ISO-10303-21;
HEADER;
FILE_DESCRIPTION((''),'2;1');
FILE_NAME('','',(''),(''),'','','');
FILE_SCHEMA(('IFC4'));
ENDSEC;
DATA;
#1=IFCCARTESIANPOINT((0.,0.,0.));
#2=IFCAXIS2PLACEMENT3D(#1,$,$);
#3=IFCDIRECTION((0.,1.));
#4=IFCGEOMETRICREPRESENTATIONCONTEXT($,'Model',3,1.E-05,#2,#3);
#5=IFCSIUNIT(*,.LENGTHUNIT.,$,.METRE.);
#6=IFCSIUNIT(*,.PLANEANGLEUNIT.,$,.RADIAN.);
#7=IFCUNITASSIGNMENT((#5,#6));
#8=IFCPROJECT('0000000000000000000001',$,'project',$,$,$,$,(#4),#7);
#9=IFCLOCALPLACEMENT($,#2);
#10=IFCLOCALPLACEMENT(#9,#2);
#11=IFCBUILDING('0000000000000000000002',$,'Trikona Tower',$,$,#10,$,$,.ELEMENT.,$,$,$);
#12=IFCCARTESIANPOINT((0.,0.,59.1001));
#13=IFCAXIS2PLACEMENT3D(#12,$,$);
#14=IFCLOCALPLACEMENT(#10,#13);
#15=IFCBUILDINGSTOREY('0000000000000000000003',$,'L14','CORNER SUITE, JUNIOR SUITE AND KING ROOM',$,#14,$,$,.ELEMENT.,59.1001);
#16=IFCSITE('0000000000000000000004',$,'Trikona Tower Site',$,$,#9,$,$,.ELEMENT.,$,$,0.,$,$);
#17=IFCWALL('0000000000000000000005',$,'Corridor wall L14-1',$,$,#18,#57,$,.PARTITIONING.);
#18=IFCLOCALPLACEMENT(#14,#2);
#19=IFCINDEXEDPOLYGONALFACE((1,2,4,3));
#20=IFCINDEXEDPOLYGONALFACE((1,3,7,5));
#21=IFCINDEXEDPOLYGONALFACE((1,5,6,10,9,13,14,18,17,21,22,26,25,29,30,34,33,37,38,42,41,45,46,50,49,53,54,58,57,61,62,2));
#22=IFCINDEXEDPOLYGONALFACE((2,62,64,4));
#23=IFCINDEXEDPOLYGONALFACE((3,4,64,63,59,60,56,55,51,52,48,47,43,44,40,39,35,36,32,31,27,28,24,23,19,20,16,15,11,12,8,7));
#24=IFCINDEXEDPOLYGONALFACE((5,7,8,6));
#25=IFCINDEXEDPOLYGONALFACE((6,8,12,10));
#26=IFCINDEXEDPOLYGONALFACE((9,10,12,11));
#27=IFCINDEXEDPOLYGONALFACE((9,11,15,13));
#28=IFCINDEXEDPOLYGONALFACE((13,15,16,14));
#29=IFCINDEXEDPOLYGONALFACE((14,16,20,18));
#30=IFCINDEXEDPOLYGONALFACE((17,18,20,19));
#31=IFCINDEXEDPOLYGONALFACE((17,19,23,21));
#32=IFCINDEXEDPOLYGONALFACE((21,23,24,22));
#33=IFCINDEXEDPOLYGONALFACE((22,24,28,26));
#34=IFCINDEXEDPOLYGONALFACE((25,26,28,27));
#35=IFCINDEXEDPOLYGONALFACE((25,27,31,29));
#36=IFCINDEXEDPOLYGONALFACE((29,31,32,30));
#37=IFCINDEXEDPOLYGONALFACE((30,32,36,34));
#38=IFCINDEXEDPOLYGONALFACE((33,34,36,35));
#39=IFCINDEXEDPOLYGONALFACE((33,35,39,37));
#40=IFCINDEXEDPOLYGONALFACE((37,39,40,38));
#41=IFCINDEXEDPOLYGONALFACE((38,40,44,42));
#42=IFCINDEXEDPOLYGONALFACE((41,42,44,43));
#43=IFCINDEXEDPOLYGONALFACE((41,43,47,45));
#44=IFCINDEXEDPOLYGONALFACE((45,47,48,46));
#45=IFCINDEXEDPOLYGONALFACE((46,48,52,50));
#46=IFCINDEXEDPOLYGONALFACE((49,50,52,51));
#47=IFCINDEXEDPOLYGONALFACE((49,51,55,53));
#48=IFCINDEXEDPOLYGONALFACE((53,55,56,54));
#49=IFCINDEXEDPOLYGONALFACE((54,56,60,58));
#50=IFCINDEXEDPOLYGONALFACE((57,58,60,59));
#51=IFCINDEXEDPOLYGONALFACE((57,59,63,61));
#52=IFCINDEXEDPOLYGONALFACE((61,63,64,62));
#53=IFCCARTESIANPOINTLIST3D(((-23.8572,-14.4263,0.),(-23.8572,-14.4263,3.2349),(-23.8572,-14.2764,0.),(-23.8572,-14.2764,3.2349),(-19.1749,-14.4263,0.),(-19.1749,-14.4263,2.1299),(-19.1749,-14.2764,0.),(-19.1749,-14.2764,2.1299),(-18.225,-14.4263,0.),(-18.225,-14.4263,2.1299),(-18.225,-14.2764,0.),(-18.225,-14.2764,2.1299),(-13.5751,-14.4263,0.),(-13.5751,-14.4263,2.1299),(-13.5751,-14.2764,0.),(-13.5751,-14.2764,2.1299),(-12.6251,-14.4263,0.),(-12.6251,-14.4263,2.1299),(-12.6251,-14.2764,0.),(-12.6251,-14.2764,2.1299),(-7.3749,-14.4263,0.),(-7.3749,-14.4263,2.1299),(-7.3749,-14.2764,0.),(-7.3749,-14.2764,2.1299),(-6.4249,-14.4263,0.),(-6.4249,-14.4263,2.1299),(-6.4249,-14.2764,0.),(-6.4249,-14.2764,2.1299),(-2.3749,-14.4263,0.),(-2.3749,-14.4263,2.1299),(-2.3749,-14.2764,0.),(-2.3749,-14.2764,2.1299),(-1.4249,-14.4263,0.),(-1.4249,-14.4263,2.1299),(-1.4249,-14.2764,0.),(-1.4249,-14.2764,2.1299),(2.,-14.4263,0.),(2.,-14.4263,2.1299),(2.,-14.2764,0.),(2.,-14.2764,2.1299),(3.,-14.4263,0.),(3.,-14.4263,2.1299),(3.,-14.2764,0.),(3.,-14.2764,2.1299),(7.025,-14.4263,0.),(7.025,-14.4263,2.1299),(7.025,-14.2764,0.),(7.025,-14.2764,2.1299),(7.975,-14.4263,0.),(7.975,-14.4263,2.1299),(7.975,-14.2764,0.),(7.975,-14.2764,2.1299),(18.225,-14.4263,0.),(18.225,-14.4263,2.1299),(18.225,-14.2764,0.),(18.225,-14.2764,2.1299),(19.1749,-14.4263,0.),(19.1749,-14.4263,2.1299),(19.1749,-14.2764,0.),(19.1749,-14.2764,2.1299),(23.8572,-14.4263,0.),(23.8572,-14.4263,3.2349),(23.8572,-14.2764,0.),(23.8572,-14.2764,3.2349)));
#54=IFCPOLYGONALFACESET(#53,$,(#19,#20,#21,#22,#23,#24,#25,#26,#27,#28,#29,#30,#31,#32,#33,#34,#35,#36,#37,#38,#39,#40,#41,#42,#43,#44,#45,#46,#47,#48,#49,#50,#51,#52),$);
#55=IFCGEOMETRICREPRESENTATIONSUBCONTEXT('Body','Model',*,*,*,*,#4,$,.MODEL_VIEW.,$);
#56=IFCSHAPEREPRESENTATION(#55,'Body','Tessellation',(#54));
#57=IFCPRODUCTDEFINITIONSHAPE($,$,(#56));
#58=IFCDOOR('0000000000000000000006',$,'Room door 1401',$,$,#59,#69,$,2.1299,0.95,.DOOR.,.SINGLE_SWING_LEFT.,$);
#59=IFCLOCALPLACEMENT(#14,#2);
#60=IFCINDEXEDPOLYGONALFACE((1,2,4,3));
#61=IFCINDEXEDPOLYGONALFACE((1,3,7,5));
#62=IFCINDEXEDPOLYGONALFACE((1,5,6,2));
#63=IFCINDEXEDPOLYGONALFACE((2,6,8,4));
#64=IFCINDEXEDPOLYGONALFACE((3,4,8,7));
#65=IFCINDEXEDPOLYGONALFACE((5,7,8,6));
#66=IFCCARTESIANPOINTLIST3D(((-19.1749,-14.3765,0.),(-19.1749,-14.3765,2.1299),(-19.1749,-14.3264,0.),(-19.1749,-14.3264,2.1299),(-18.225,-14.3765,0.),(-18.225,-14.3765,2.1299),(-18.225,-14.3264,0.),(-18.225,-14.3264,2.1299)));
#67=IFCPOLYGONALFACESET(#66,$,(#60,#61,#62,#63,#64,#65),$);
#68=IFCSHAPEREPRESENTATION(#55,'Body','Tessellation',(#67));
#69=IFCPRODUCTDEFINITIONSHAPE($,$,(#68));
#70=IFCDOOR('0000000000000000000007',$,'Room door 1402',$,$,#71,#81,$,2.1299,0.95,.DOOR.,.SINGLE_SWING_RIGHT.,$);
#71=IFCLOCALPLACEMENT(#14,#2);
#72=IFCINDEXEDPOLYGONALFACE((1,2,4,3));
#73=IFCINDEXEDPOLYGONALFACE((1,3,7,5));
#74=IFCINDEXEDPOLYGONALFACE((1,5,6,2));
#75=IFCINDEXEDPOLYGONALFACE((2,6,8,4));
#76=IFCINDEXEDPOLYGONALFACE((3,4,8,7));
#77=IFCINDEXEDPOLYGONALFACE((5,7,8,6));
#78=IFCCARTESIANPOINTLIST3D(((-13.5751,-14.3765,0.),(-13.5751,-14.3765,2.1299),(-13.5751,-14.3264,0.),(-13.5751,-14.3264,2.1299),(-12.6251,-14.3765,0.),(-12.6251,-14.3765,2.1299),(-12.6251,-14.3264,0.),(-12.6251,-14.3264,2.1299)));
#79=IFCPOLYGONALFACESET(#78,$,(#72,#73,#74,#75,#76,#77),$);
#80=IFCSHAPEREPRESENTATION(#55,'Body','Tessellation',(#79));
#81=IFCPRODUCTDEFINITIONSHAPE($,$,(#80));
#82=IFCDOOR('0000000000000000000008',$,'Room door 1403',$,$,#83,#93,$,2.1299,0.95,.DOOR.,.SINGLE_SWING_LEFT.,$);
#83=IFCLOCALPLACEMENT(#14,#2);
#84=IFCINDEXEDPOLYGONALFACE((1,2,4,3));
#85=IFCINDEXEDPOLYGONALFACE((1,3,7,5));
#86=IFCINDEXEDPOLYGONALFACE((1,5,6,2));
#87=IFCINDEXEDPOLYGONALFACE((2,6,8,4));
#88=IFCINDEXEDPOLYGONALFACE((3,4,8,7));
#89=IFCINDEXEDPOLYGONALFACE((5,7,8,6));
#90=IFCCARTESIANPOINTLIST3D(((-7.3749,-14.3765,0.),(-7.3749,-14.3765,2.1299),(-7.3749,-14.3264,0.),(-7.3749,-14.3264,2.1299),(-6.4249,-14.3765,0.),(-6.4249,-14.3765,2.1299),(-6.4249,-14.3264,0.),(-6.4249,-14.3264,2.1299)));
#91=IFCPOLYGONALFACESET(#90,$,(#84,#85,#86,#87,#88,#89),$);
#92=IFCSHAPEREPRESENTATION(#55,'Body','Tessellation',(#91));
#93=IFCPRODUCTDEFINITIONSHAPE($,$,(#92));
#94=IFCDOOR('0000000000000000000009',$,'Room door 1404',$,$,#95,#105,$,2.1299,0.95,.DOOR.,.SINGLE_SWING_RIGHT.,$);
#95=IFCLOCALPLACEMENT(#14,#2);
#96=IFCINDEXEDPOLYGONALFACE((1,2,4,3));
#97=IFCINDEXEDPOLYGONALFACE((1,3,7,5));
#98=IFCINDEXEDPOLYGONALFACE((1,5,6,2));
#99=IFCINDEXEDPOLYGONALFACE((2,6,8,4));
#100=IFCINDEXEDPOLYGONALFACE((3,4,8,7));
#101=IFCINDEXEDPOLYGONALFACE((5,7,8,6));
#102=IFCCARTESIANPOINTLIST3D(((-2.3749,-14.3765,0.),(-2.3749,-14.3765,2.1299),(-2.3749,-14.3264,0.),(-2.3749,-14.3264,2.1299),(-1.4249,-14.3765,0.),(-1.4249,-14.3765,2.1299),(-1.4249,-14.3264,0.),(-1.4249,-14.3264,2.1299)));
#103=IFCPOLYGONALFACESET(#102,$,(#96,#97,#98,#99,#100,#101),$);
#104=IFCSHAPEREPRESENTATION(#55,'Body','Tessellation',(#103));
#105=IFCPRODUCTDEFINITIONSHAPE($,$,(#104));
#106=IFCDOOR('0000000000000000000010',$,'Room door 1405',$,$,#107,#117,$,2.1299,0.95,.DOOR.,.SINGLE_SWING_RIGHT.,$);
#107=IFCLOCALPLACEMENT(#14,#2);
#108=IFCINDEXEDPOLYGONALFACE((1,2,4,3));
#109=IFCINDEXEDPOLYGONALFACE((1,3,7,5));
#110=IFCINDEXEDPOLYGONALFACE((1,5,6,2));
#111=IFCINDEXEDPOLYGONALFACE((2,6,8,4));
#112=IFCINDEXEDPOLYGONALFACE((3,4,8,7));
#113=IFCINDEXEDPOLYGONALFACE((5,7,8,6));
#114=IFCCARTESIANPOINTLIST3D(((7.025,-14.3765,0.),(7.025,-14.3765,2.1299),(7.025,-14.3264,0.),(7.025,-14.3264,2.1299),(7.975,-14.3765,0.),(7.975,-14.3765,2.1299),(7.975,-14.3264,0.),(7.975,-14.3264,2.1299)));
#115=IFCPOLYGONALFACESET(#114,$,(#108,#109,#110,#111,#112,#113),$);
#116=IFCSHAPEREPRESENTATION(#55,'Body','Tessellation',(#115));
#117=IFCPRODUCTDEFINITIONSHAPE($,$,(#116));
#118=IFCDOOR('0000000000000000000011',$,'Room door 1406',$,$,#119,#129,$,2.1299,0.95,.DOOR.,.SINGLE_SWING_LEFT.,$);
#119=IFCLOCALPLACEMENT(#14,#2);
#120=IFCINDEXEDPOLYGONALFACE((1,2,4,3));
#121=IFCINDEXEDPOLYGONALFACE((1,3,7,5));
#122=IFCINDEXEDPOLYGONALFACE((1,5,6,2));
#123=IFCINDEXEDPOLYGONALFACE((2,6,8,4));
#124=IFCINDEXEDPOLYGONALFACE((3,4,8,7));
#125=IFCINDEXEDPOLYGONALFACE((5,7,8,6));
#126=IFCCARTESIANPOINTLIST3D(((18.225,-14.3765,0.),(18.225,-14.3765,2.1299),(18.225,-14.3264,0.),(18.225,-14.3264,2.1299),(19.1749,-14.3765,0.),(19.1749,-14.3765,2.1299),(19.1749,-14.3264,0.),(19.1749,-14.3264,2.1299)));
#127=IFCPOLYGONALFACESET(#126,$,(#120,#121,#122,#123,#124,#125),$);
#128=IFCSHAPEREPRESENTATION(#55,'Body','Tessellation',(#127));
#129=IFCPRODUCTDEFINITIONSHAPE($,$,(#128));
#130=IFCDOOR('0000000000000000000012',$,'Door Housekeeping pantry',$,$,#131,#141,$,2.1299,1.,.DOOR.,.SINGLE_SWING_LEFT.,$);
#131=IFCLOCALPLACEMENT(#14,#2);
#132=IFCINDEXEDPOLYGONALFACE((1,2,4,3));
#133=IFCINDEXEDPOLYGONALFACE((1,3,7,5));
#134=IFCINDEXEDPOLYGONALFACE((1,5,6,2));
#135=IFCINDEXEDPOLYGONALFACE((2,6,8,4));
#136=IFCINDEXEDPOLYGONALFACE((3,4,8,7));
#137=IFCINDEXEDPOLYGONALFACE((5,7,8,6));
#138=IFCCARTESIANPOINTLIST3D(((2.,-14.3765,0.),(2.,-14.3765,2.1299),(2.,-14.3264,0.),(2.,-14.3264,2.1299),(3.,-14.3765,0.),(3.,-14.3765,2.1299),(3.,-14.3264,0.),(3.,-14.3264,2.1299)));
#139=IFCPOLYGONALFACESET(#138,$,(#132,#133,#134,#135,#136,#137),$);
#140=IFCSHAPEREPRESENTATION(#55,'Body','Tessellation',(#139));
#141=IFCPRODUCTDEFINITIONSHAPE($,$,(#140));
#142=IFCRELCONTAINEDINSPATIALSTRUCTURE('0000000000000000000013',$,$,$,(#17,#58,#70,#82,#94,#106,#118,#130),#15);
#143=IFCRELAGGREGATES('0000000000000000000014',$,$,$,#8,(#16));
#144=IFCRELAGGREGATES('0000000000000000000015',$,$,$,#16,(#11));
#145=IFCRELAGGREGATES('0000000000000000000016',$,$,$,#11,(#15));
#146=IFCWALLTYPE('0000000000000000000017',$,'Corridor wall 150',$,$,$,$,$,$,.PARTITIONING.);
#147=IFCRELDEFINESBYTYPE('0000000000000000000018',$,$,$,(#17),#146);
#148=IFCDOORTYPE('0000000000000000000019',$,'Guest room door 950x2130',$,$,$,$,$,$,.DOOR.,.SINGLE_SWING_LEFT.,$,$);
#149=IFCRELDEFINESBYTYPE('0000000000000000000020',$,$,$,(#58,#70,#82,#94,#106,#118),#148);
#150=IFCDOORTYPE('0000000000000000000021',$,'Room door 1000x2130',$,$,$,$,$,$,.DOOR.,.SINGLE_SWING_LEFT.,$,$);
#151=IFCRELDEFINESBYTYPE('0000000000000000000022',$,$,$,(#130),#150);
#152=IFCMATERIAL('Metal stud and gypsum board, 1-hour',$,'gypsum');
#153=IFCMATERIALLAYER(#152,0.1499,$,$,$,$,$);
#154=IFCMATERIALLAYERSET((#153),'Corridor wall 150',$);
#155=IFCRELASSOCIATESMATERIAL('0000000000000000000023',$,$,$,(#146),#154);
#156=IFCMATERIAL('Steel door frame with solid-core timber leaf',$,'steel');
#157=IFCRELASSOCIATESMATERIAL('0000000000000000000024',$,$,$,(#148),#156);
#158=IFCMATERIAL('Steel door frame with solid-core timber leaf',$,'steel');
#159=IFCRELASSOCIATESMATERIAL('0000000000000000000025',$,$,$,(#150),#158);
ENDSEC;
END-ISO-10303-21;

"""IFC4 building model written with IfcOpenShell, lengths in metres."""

from ifc_helpers import new_model, si_unit, direction, frame, frame_2d, origin, place, context, subcontext, project, spatial, rectangle, extrude, material, layer, layer_set, type_object, element, fill, save


model = new_model("IFC4")

# Units and contexts
model_context = context("Model", 3, precision=1e-05, world=origin(), true_north=direction((0.0, 1.0)))
body_context = subcontext(model_context, "Body", "Model", "MODEL_VIEW")
ifc_project = project(units=[si_unit("LENGTHUNIT", "METRE"), si_unit("PLANEANGLEUNIT", "RADIAN")], contexts=[model_context])

# Site, building, storey
site_placement = place(None, origin())
site = spatial("IfcSite", under=ifc_project, at=site_placement, Name="Trikona Tower Site", CompositionType="ELEMENT", RefElevation=0.0)
building_placement = place(site_placement, origin())
building = spatial("IfcBuilding", under=site, at=building_placement, Name="Trikona Tower", CompositionType="ELEMENT")
storey_placement = place(building_placement, frame((0.0, 0.0, 59.1001)))
storey = spatial("IfcBuildingStorey", under=building, at=storey_placement, Name="L14", Description="CORNER SUITE, JUNIOR SUITE AND KING ROOM", CompositionType="ELEMENT", Elevation=59.1001)

# Wall, openings, doors
ifc_material_1 = material(Name="Metal stud and gypsum board, 1-hour", Category="gypsum")
ifc_layer_1 = layer(ifc_material_1, 0.1499)
ifc_layer_set_1 = layer_set([ifc_layer_1], Name="Corridor wall 150")
wall_type_1 = type_object("IfcWallType", Name="Corridor wall 150", PredefinedType="PARTITIONING", material=ifc_layer_set_1)
wall_1_placement = place(storey_placement, frame((-23.8572, -14.3513, 0.0), z_axis=(0.0, 0.0, 1.0), x_axis=(1.0, 0.0, 0.0)))
wall_1 = element("IfcWall", 1, at=wall_1_placement, inside=storey, type_object=wall_type_1, Name="Corridor wall L14-1", PredefinedType="PARTITIONING", context=body_context, shape_type="SweptSolid", body=[
    extrude(rectangle(XDim=47.7144, YDim=0.1499, at=frame_2d((23.8572, 0.0))), origin(), (0.0, 0.0, 1.0), 3.2349),
])
opening_1_placement = place(wall_1_placement, frame((4.6821, 0.0, 0.0)))
opening_1 = element("IfcOpeningElement", 2, at=opening_1_placement, cuts=wall_1, PredefinedType="OPENING", context=body_context, shape_type="SweptSolid", body=[
    extrude(rectangle(XDim=0.95, YDim=2.1299, at=frame_2d((0.4751, 1.0649))), frame((0.0, 0.085, 0.0), z_axis=(0.0, -1.0, 0.0), x_axis=(1.0, 0.0, 0.0)), (0.0, 0.0, 1.0), 0.1699),
])
opening_2_placement = place(wall_1_placement, frame((10.282, 0.0, 0.0)))
opening_2 = element("IfcOpeningElement", 3, at=opening_2_placement, cuts=wall_1, PredefinedType="OPENING", context=body_context, shape_type="SweptSolid", body=[
    extrude(rectangle(XDim=0.95, YDim=2.1299, at=frame_2d((0.4751, 1.0649))), frame((0.0, 0.085, 0.0), z_axis=(0.0, -1.0, 0.0), x_axis=(1.0, 0.0, 0.0)), (0.0, 0.0, 1.0), 0.1699),
])
opening_3_placement = place(wall_1_placement, frame((16.4822, 0.0, 0.0)))
opening_3 = element("IfcOpeningElement", 4, at=opening_3_placement, cuts=wall_1, PredefinedType="OPENING", context=body_context, shape_type="SweptSolid", body=[
    extrude(rectangle(XDim=0.95, YDim=2.1299, at=frame_2d((0.4751, 1.0649))), frame((0.0, 0.085, 0.0), z_axis=(0.0, -1.0, 0.0), x_axis=(1.0, 0.0, 0.0)), (0.0, 0.0, 1.0), 0.1699),
])
opening_4_placement = place(wall_1_placement, frame((21.4822, 0.0, 0.0)))
opening_4 = element("IfcOpeningElement", 5, at=opening_4_placement, cuts=wall_1, PredefinedType="OPENING", context=body_context, shape_type="SweptSolid", body=[
    extrude(rectangle(XDim=0.95, YDim=2.1299, at=frame_2d((0.4751, 1.0649))), frame((0.0, 0.085, 0.0), z_axis=(0.0, -1.0, 0.0), x_axis=(1.0, 0.0, 0.0)), (0.0, 0.0, 1.0), 0.1699),
])
opening_5_placement = place(wall_1_placement, frame((25.8572, 0.0, 0.0)))
opening_5 = element("IfcOpeningElement", 6, at=opening_5_placement, cuts=wall_1, PredefinedType="OPENING", context=body_context, shape_type="SweptSolid", body=[
    extrude(rectangle(XDim=1.0, YDim=2.1299, at=frame_2d((0.5, 1.0649))), frame((0.0, 0.085, 0.0), z_axis=(0.0, -1.0, 0.0), x_axis=(1.0, 0.0, 0.0)), (0.0, 0.0, 1.0), 0.1699),
])
opening_6_placement = place(wall_1_placement, frame((30.8821, 0.0, 0.0)))
opening_6 = element("IfcOpeningElement", 7, at=opening_6_placement, cuts=wall_1, PredefinedType="OPENING", context=body_context, shape_type="SweptSolid", body=[
    extrude(rectangle(XDim=0.95, YDim=2.1299, at=frame_2d((0.4751, 1.0649))), frame((0.0, 0.085, 0.0), z_axis=(0.0, -1.0, 0.0), x_axis=(1.0, 0.0, 0.0)), (0.0, 0.0, 1.0), 0.1699),
])
opening_7_placement = place(wall_1_placement, frame((42.082, 0.0, 0.0)))
opening_7 = element("IfcOpeningElement", 8, at=opening_7_placement, cuts=wall_1, PredefinedType="OPENING", context=body_context, shape_type="SweptSolid", body=[
    extrude(rectangle(XDim=0.95, YDim=2.1299, at=frame_2d((0.4751, 1.0649))), frame((0.0, 0.085, 0.0), z_axis=(0.0, -1.0, 0.0), x_axis=(1.0, 0.0, 0.0)), (0.0, 0.0, 1.0), 0.1699),
])
ifc_material_2 = material(Name="Steel door frame with solid-core timber leaf", Category="steel")
door_type_1 = type_object("IfcDoorType", Name="Guest room door 950x2130", OperationType="SINGLE_SWING_LEFT", PredefinedType="DOOR", material=ifc_material_2)
door_1_placement = place(opening_1_placement, origin())
door_1 = element("IfcDoor", 9, at=door_1_placement, inside=storey, type_object=door_type_1, Name="Room door 1401", OperationType="SINGLE_SWING_LEFT", OverallHeight=2.1299, OverallWidth=0.95, PredefinedType="DOOR", context=body_context, shape_type="SweptSolid", body=[
    extrude(rectangle(XDim=0.95, YDim=2.1299, at=frame_2d((0.4751, 1.0649))), frame((0.0, 0.0249, 0.0), z_axis=(0.0, -1.0, 0.0), x_axis=(1.0, 0.0, 0.0)), (0.0, 0.0, 1.0), 0.05),
])
fill(opening_1, door_1)
door_2_placement = place(opening_2_placement, origin())
door_2 = element("IfcDoor", 10, at=door_2_placement, inside=storey, type_object=door_type_1, Name="Room door 1402", OperationType="SINGLE_SWING_RIGHT", OverallHeight=2.1299, OverallWidth=0.95, PredefinedType="DOOR", context=body_context, shape_type="SweptSolid", body=[
    extrude(rectangle(XDim=0.95, YDim=2.1299, at=frame_2d((0.4751, 1.0649))), frame((0.0, 0.0249, 0.0), z_axis=(0.0, -1.0, 0.0), x_axis=(1.0, 0.0, 0.0)), (0.0, 0.0, 1.0), 0.05),
])
fill(opening_2, door_2)
door_3_placement = place(opening_3_placement, origin())
door_3 = element("IfcDoor", 11, at=door_3_placement, inside=storey, type_object=door_type_1, Name="Room door 1403", OperationType="SINGLE_SWING_LEFT", OverallHeight=2.1299, OverallWidth=0.95, PredefinedType="DOOR", context=body_context, shape_type="SweptSolid", body=[
    extrude(rectangle(XDim=0.95, YDim=2.1299, at=frame_2d((0.4751, 1.0649))), frame((0.0, 0.0249, 0.0), z_axis=(0.0, -1.0, 0.0), x_axis=(1.0, 0.0, 0.0)), (0.0, 0.0, 1.0), 0.05),
])
fill(opening_3, door_3)
door_4_placement = place(opening_4_placement, origin())
door_4 = element("IfcDoor", 12, at=door_4_placement, inside=storey, type_object=door_type_1, Name="Room door 1404", OperationType="SINGLE_SWING_RIGHT", OverallHeight=2.1299, OverallWidth=0.95, PredefinedType="DOOR", context=body_context, shape_type="SweptSolid", body=[
    extrude(rectangle(XDim=0.95, YDim=2.1299, at=frame_2d((0.4751, 1.0649))), frame((0.0, 0.0249, 0.0), z_axis=(0.0, -1.0, 0.0), x_axis=(1.0, 0.0, 0.0)), (0.0, 0.0, 1.0), 0.05),
])
fill(opening_4, door_4)
door_5_placement = place(opening_6_placement, origin())
door_5 = element("IfcDoor", 13, at=door_5_placement, inside=storey, type_object=door_type_1, Name="Room door 1405", OperationType="SINGLE_SWING_RIGHT", OverallHeight=2.1299, OverallWidth=0.95, PredefinedType="DOOR", context=body_context, shape_type="SweptSolid", body=[
    extrude(rectangle(XDim=0.95, YDim=2.1299, at=frame_2d((0.4751, 1.0649))), frame((0.0, 0.0249, 0.0), z_axis=(0.0, -1.0, 0.0), x_axis=(1.0, 0.0, 0.0)), (0.0, 0.0, 1.0), 0.05),
])
fill(opening_6, door_5)
door_6_placement = place(opening_7_placement, origin())
door_6 = element("IfcDoor", 14, at=door_6_placement, inside=storey, type_object=door_type_1, Name="Room door 1406", OperationType="SINGLE_SWING_LEFT", OverallHeight=2.1299, OverallWidth=0.95, PredefinedType="DOOR", context=body_context, shape_type="SweptSolid", body=[
    extrude(rectangle(XDim=0.95, YDim=2.1299, at=frame_2d((0.4751, 1.0649))), frame((0.0, 0.0249, 0.0), z_axis=(0.0, -1.0, 0.0), x_axis=(1.0, 0.0, 0.0)), (0.0, 0.0, 1.0), 0.05),
])
fill(opening_7, door_6)
ifc_material_3 = material(Name="Steel door frame with solid-core timber leaf", Category="steel")
door_type_2 = type_object("IfcDoorType", Name="Room door 1000x2130", OperationType="SINGLE_SWING_LEFT", PredefinedType="DOOR", material=ifc_material_3)
door_7_placement = place(opening_5_placement, origin())
door_7 = element("IfcDoor", 15, at=door_7_placement, inside=storey, type_object=door_type_2, Name="Door Housekeeping pantry", OperationType="SINGLE_SWING_LEFT", OverallHeight=2.1299, OverallWidth=1.0, PredefinedType="DOOR", context=body_context, shape_type="SweptSolid", body=[
    extrude(rectangle(XDim=1.0, YDim=2.1299, at=frame_2d((0.5, 1.0649))), frame((0.0, 0.0249, 0.0), z_axis=(0.0, -1.0, 0.0), x_axis=(1.0, 0.0, 0.0)), (0.0, 0.0, 1.0), 0.05),
])
fill(opening_5, door_7)

save(model, "model.ifc")
